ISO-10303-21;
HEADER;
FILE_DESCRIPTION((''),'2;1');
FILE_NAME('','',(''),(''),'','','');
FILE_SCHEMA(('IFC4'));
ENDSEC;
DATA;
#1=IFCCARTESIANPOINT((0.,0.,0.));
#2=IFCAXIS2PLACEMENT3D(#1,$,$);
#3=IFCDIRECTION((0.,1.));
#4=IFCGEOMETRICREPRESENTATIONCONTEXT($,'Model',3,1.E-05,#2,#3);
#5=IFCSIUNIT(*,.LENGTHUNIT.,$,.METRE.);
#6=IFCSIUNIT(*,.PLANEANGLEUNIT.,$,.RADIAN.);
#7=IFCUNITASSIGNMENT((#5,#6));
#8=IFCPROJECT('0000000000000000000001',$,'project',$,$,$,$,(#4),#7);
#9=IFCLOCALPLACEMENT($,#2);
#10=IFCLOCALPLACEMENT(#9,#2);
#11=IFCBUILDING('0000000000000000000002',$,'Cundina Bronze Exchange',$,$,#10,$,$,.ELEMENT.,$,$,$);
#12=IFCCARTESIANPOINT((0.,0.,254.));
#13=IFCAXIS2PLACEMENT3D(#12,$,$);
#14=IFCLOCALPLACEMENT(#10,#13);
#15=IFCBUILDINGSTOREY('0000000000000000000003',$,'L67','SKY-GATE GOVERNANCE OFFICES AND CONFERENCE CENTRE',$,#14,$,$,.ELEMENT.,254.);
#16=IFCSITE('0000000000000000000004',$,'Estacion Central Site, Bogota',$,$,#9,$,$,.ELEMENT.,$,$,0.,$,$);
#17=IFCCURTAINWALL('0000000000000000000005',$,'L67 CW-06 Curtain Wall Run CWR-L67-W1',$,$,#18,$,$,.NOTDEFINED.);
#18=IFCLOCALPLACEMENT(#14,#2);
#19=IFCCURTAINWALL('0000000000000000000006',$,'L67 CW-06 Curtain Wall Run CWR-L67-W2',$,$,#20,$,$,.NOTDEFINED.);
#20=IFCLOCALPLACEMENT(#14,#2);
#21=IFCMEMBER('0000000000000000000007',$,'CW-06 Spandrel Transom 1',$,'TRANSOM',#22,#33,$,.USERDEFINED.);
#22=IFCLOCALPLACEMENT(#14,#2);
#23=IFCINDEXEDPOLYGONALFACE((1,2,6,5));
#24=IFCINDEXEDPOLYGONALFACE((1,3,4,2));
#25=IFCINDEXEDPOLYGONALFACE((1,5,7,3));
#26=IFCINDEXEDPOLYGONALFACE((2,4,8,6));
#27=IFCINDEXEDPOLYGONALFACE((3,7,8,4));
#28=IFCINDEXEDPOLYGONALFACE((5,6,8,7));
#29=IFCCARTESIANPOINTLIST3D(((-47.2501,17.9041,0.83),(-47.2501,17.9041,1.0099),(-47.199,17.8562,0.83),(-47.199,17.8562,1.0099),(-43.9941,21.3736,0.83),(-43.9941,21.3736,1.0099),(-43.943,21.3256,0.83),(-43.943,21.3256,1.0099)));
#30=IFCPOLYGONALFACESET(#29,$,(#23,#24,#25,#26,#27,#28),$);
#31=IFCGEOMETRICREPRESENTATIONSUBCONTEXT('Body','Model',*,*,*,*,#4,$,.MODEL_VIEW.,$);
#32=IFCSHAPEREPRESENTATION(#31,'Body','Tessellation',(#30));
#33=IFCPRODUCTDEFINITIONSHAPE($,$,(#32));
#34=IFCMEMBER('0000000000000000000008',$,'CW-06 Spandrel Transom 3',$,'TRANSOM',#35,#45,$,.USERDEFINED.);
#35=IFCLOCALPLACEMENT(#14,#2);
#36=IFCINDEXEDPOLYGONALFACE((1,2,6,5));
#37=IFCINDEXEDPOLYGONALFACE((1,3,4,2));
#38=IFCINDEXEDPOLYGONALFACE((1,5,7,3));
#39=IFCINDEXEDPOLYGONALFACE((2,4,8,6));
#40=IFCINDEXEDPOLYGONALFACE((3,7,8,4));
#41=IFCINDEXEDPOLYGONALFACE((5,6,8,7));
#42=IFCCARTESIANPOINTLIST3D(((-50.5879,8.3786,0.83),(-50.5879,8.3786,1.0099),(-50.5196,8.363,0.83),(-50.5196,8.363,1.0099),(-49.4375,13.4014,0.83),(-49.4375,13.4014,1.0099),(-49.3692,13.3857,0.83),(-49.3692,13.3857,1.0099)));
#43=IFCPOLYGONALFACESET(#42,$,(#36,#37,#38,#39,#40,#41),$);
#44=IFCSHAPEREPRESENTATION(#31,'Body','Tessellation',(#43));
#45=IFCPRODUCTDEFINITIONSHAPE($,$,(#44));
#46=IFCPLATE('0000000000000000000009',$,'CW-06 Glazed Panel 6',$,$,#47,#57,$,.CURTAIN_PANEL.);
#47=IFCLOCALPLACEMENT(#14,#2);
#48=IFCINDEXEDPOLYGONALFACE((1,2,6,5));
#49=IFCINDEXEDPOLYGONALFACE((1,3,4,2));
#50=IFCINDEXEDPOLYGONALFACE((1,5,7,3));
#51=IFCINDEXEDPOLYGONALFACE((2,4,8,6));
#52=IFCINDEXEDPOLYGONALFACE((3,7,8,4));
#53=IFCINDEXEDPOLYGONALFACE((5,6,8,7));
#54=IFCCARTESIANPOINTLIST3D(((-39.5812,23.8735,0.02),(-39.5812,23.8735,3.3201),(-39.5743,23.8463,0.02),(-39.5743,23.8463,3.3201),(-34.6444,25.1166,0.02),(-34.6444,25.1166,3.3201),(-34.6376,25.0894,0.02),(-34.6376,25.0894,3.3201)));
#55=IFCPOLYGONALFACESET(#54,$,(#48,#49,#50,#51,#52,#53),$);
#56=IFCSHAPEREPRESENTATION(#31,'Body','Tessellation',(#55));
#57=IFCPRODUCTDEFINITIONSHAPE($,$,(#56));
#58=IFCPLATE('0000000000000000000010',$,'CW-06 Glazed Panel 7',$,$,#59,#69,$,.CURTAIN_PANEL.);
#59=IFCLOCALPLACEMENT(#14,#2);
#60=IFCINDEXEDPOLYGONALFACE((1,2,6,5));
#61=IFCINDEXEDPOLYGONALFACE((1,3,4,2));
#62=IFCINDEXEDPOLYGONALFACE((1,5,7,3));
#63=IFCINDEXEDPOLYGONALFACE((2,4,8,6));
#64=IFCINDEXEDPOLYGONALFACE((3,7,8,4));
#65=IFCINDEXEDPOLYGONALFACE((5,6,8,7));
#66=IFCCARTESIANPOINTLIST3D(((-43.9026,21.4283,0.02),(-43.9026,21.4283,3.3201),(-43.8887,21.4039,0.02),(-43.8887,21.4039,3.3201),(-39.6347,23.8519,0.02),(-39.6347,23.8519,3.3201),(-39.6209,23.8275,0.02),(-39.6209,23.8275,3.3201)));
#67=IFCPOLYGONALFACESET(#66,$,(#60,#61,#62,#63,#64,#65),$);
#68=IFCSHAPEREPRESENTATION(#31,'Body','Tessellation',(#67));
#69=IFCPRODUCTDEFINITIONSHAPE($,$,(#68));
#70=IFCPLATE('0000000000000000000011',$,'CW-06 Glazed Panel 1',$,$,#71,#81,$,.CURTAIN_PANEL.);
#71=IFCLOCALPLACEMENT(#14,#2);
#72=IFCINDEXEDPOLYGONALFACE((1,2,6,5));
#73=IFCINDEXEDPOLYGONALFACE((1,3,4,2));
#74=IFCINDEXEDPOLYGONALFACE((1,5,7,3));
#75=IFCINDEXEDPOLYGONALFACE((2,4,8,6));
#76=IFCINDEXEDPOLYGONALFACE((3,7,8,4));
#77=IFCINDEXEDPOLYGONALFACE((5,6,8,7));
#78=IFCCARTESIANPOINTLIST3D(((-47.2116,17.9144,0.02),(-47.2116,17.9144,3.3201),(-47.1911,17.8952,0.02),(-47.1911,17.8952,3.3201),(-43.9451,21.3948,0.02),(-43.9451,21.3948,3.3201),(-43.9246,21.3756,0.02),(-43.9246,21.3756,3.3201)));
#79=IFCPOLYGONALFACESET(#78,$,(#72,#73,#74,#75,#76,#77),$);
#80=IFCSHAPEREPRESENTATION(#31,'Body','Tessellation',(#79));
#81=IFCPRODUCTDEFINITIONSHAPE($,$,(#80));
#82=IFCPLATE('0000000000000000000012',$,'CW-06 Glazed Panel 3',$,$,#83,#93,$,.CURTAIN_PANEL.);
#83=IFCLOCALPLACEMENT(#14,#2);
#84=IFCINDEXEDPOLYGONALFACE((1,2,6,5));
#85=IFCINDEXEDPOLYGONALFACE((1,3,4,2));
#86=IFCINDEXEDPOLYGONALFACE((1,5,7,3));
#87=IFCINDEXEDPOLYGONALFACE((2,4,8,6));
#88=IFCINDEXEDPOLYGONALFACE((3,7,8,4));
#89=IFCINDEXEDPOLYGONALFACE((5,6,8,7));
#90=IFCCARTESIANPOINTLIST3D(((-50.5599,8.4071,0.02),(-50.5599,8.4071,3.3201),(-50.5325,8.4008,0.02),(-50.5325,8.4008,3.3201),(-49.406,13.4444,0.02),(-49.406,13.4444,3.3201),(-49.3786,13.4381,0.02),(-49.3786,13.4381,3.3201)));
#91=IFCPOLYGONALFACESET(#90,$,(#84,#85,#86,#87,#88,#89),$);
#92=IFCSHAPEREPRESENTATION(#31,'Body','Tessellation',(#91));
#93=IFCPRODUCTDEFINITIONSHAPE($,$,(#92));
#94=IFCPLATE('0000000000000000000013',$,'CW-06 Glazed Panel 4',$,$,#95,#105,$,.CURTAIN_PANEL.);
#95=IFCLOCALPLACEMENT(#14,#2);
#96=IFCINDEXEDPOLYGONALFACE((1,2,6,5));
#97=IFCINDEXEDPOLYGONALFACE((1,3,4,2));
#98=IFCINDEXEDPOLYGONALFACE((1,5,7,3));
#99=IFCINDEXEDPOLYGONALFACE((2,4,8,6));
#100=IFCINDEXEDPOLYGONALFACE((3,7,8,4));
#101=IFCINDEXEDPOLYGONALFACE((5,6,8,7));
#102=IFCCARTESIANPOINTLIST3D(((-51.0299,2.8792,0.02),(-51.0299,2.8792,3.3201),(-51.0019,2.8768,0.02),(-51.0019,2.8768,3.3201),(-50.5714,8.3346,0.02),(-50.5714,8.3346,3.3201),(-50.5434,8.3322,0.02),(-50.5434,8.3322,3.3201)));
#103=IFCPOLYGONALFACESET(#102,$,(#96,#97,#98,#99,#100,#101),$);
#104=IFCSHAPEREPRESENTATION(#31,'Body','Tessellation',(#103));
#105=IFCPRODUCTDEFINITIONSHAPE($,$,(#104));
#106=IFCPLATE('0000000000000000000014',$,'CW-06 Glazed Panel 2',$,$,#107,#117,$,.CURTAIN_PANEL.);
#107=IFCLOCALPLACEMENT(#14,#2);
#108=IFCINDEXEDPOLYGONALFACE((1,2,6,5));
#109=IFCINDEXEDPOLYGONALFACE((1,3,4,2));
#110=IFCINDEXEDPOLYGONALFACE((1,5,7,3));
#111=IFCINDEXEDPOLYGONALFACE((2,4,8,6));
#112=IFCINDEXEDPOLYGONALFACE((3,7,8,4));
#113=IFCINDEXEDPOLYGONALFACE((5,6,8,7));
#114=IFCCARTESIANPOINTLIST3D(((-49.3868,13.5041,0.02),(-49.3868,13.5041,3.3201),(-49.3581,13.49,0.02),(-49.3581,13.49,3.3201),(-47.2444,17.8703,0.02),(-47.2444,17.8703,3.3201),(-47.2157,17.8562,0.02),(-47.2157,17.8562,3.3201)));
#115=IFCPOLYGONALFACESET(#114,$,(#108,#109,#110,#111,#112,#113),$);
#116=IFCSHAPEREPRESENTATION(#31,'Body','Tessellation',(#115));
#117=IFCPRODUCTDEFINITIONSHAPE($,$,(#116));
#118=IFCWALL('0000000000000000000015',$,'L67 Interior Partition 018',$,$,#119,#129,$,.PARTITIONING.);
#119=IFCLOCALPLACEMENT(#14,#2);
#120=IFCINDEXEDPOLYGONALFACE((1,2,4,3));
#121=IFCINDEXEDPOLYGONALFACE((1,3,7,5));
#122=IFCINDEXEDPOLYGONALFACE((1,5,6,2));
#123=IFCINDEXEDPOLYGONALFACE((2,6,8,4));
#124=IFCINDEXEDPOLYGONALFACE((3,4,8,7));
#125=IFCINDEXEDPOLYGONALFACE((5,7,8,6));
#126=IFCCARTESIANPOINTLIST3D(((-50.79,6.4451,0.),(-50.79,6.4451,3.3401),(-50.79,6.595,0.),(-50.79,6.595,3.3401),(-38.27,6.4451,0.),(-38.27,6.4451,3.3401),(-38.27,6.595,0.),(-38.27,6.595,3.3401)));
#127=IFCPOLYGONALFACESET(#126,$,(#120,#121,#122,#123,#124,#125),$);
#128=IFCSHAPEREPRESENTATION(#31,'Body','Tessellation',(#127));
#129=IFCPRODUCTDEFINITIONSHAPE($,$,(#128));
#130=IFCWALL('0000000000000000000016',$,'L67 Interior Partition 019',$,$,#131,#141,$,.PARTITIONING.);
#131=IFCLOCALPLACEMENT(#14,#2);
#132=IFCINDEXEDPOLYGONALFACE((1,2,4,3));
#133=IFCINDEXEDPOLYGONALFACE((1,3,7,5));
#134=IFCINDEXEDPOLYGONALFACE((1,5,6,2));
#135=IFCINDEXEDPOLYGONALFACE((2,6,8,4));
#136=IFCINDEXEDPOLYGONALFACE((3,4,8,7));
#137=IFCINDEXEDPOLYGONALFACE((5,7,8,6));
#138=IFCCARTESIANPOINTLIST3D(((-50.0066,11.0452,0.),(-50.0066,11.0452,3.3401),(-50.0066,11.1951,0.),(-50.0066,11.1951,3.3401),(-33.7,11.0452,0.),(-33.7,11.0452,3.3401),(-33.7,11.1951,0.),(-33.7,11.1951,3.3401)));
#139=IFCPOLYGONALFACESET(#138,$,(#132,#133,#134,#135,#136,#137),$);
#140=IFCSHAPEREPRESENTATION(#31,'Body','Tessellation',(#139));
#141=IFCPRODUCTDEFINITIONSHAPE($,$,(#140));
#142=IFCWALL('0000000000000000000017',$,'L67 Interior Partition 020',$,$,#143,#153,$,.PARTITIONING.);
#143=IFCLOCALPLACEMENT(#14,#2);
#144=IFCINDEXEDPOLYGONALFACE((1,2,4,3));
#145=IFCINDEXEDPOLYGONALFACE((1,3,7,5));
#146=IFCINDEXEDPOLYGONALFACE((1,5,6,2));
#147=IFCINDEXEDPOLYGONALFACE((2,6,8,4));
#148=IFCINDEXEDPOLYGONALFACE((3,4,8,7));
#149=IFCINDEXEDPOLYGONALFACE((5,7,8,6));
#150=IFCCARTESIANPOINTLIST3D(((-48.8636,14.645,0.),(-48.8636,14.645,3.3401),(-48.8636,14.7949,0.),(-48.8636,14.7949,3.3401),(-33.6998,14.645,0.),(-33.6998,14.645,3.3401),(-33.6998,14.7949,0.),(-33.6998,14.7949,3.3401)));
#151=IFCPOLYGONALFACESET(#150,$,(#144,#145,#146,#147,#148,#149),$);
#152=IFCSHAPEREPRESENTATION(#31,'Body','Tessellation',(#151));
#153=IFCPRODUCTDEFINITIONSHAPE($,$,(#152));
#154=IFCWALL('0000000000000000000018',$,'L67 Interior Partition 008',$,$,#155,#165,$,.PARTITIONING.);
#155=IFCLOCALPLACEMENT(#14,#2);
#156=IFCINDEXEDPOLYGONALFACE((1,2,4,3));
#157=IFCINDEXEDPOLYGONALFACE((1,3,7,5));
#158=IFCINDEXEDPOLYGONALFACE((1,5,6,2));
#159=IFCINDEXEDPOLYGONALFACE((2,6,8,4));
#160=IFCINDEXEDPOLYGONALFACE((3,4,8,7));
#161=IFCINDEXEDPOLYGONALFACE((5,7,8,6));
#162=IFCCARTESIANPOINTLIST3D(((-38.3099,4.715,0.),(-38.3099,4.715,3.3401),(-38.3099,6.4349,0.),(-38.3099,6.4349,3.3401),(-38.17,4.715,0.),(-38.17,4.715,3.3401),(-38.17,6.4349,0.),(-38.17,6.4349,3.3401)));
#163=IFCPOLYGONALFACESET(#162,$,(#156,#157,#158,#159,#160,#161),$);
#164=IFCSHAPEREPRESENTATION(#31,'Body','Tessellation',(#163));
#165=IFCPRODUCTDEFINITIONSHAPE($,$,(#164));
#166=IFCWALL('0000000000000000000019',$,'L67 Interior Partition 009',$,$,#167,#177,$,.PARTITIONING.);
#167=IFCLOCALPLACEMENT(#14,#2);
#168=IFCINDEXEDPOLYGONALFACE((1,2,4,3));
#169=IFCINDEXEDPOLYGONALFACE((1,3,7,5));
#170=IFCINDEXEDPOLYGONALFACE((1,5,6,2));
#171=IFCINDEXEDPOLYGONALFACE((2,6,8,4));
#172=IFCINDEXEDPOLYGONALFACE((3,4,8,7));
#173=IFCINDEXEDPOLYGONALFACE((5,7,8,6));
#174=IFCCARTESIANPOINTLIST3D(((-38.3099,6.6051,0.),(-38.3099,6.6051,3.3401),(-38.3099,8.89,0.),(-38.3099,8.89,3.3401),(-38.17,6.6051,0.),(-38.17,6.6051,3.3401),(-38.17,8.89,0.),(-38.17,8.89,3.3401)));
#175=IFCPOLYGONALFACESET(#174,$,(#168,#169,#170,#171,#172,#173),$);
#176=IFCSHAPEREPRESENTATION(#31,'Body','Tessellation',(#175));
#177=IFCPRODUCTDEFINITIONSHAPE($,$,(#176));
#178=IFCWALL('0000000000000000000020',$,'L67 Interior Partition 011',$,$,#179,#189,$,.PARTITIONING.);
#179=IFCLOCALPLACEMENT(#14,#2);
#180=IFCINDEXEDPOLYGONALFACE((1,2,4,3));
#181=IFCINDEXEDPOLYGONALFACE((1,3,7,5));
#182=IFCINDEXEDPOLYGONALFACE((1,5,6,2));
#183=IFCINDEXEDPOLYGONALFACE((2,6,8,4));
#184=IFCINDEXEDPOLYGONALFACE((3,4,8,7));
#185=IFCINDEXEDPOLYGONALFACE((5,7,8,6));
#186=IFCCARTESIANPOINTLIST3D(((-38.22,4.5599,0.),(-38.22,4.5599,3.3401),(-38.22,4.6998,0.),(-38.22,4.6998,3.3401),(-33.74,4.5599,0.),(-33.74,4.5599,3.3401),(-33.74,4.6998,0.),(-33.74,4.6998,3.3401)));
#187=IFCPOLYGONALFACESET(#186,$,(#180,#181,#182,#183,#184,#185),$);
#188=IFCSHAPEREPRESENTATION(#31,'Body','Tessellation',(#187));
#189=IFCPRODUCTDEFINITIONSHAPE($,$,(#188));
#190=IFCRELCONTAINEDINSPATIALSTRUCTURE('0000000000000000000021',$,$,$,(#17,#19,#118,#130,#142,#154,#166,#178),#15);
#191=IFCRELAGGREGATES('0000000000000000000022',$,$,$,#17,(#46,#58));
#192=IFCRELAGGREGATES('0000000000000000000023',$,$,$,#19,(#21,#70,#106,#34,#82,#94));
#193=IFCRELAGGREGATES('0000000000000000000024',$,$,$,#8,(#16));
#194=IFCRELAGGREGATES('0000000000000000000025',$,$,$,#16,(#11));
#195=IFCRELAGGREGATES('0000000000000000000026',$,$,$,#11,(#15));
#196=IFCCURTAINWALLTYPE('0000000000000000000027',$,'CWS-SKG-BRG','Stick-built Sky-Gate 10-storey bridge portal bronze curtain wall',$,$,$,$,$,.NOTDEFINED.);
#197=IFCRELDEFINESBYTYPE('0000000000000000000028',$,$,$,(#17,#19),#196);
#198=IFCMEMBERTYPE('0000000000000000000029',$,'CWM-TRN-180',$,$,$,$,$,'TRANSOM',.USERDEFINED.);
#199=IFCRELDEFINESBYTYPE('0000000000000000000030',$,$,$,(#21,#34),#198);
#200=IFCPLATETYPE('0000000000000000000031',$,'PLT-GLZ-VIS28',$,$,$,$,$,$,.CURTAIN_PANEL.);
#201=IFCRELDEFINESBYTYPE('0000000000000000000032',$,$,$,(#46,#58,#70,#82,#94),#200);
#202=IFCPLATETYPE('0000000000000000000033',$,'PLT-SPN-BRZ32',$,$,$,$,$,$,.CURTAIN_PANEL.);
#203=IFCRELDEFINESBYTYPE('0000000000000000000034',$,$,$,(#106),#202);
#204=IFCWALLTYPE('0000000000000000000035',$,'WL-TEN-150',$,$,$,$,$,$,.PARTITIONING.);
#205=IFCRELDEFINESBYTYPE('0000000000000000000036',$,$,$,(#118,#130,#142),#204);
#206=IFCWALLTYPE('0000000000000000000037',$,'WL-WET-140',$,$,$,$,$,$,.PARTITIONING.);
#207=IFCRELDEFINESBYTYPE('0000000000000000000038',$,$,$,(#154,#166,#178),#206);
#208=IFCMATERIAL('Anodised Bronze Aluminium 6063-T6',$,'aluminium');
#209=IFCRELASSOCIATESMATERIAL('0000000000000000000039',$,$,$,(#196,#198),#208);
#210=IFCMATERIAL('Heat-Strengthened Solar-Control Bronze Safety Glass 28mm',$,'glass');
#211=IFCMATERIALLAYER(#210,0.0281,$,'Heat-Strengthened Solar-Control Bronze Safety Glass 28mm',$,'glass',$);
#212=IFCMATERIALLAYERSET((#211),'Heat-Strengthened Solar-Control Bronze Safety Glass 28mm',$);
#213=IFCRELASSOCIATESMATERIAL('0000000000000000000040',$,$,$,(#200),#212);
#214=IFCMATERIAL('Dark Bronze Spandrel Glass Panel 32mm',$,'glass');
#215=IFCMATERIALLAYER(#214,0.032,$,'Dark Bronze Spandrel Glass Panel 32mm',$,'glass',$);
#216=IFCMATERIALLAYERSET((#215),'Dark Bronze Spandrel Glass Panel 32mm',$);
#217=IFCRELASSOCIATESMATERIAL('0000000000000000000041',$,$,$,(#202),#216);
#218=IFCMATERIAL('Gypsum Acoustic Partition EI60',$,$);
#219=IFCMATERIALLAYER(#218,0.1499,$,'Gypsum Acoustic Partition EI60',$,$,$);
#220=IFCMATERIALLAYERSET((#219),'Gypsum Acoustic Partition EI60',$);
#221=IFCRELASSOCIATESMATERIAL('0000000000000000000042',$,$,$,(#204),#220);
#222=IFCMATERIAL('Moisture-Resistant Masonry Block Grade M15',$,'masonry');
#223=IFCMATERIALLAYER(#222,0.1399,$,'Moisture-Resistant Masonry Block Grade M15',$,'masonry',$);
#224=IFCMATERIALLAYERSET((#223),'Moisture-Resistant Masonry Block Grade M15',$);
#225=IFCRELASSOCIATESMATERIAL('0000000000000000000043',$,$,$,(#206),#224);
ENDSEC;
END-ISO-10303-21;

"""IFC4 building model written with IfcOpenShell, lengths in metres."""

from ifc_helpers import new_model, si_unit, direction, frame, frame_2d, origin, origin_2d, place, context, subcontext, project, spatial, rectangle, extrude, material, layer, layer_set, material_profile, profile_set, type_object, element, aggregate, save


model = new_model("IFC4")

# Units and contexts
model_context = context("Model", 3, precision=1e-05, world=origin(), true_north=direction((0.0, 1.0)))
body_context = subcontext(model_context, "Body", "Model", "MODEL_VIEW")
ifc_project = project(units=[si_unit("LENGTHUNIT", "METRE"), si_unit("PLANEANGLEUNIT", "RADIAN")], contexts=[model_context])

# Site, building, storey
site_placement = place(None, origin())
site = spatial("IfcSite", under=ifc_project, at=site_placement, Name="Estacion Central Site, Bogota", CompositionType="ELEMENT", RefElevation=0.0)
building_placement = place(site_placement, origin())
building = spatial("IfcBuilding", under=site, at=building_placement, Name="Cundina Bronze Exchange", CompositionType="ELEMENT")
storey_placement = place(building_placement, frame((0.0, 0.0, 254.0)))
storey = spatial("IfcBuildingStorey", under=building, at=storey_placement, Name="L67", Description="SKY-GATE GOVERNANCE OFFICES AND CONFERENCE CENTRE", CompositionType="ELEMENT", Elevation=254.0)

# Curtain walls
ifc_material_1 = material(Name="Anodised Bronze Aluminium 6063-T6", Category="aluminium")
curtain_wall_type = type_object("IfcCurtainWallType", Name="CWS-SKG-BRG", Description="Stick-built Sky-Gate 10-storey bridge portal bronze curtain wall", PredefinedType="NOTDEFINED", material=ifc_material_1)
curtain_wall_1_placement = place(storey_placement, origin())
curtain_wall_1 = element("IfcCurtainWall", 1, at=curtain_wall_1_placement, inside=storey, type_object=curtain_wall_type, Name="L67 CW-06 Curtain Wall Run CWR-L67-W1", PredefinedType="NOTDEFINED")
curtain_wall_2_placement = place(storey_placement, origin())
curtain_wall_2 = element("IfcCurtainWall", 2, at=curtain_wall_2_placement, inside=storey, type_object=curtain_wall_type, Name="L67 CW-06 Curtain Wall Run CWR-L67-W2", PredefinedType="NOTDEFINED")

# Members
ifc_material_profile_1 = material_profile(ifc_material_1, rectangle(XDim=0.0701, YDim=0.1799, at=origin_2d()), Name="AL70X180", Category="aluminium")
ifc_profile_set_1 = profile_set([ifc_material_profile_1], Name="Anodised Bronze Aluminium 6063-T6")
member_type_1 = type_object("IfcMemberType", Name="CWM-TRN-180", ElementType="TRANSOM", PredefinedType="USERDEFINED", material=ifc_profile_set_1)
member_1_placement = place(storey_placement, frame((-43.9685, 21.3496, 0.9199), z_axis=(-0.684328, -0.729174, 0.0), x_axis=(0.729174, -0.684328, 0.0)))
member_1 = element("IfcMember", 3, at=member_1_placement, type_object=member_type_1, Name="CW-06 Spandrel Transom 1", ObjectType="TRANSOM", PredefinedType="USERDEFINED", context=body_context, shape_type="SweptSolid", body=[
    extrude(rectangle(XDim=0.0701, YDim=0.1799, at=origin_2d()), origin(), (0.0, 0.0, 1.0), 4.7581),
])
member_2_placement = place(storey_placement, frame((-49.4033, 13.3936, 0.9199), z_axis=(-0.223257, -0.97476, 0.0), x_axis=(0.97476, -0.223257, 0.0)))
member_2 = element("IfcMember", 4, at=member_2_placement, type_object=member_type_1, Name="CW-06 Spandrel Transom 3", ObjectType="TRANSOM", PredefinedType="USERDEFINED", context=body_context, shape_type="SweptSolid", body=[
    extrude(rectangle(XDim=0.0701, YDim=0.1799, at=origin_2d()), origin(), (0.0, 0.0, 1.0), 5.1528),
])

# Plates
ifc_material_2 = material(Name="Heat-Strengthened Solar-Control Bronze Safety Glass 28mm", Category="glass")
ifc_layer_1 = layer(ifc_material_2, 0.0281, Name="Heat-Strengthened Solar-Control Bronze Safety Glass 28mm", Category="glass")
ifc_layer_set_1 = layer_set([ifc_layer_1], Name="Heat-Strengthened Solar-Control Bronze Safety Glass 28mm")
plate_type_1 = type_object("IfcPlateType", Name="PLT-GLZ-VIS28", PredefinedType="CURTAIN_PANEL", material=ifc_layer_set_1)
plate_1_placement = place(storey_placement, frame((-37.1094, 24.4814, 0.02), z_axis=(0.0, 0.0, 1.0), x_axis=(-0.969732, -0.244174, 0.0)))
plate_1 = element("IfcPlate", 5, at=plate_1_placement, type_object=plate_type_1, Name="CW-06 Glazed Panel 6", PredefinedType="CURTAIN_PANEL", context=body_context, shape_type="SweptSolid", body=[
    extrude(rectangle(XDim=5.0908, YDim=0.0281, at=origin_2d()), origin(), (0.0, 0.0, 1.0), 3.3),
])
plate_2_placement = place(storey_placement, frame((-41.7617, 22.6279, 0.02), z_axis=(0.0, 0.0, 1.0), x_axis=(-0.869573, -0.493805, 0.0)))
plate_2 = element("IfcPlate", 6, at=plate_2_placement, type_object=plate_type_1, Name="CW-06 Glazed Panel 7", PredefinedType="CURTAIN_PANEL", context=body_context, shape_type="SweptSolid", body=[
    extrude(rectangle(XDim=4.908, YDim=0.0281, at=origin_2d()), origin(), (0.0, 0.0, 1.0), 3.3),
])
aggregate(curtain_wall_1, [plate_1, plate_2])
plate_3_placement = place(storey_placement, frame((-45.5681, 19.645, 0.02), z_axis=(0.0, 0.0, 1.0), x_axis=(-0.684344, -0.72916, 0.0)))
plate_3 = element("IfcPlate", 7, at=plate_3_placement, type_object=plate_type_1, Name="CW-06 Glazed Panel 1", PredefinedType="CURTAIN_PANEL", context=body_context, shape_type="SweptSolid", body=[
    extrude(rectangle(XDim=4.7732, YDim=0.0281, at=origin_2d()), origin(), (0.0, 0.0, 1.0), 3.3),
])
plate_4_placement = place(storey_placement, frame((-49.9692, 10.9226, 0.02), z_axis=(0.0, 0.0, 1.0), x_axis=(-0.223284, -0.974753, 0.0)))
plate_4 = element("IfcPlate", 8, at=plate_4_placement, type_object=plate_type_1, Name="CW-06 Glazed Panel 3", PredefinedType="CURTAIN_PANEL", context=body_context, shape_type="SweptSolid", body=[
    extrude(rectangle(XDim=5.1677, YDim=0.0281, at=origin_2d()), origin(), (0.0, 0.0, 1.0), 3.3),
])
plate_5_placement = place(storey_placement, frame((-50.7866, 5.6057, 0.02), z_axis=(0.0, 0.0, 1.0), x_axis=(-0.083747, -0.996487, 0.0)))
plate_5 = element("IfcPlate", 9, at=plate_5_placement, type_object=plate_type_1, Name="CW-06 Glazed Panel 4", PredefinedType="CURTAIN_PANEL", context=body_context, shape_type="SweptSolid", body=[
    extrude(rectangle(XDim=5.4746, YDim=0.0281, at=origin_2d()), origin(), (0.0, 0.0, 1.0), 3.3),
])
ifc_material_3 = material(Name="Dark Bronze Spandrel Glass Panel 32mm", Category="glass")
ifc_layer_2 = layer(ifc_material_3, 0.032, Name="Dark Bronze Spandrel Glass Panel 32mm", Category="glass")
ifc_layer_set_2 = layer_set([ifc_layer_2], Name="Dark Bronze Spandrel Glass Panel 32mm")
plate_type_2 = type_object("IfcPlateType", Name="PLT-SPN-BRZ32", PredefinedType="CURTAIN_PANEL", material=ifc_layer_set_2)
plate_6_placement = place(storey_placement, frame((-48.3013, 15.6802, 0.02), z_axis=(0.0, 0.0, 1.0), x_axis=(-0.440503, -0.897751, 0.0)))
plate_6 = element("IfcPlate", 10, at=plate_6_placement, type_object=plate_type_2, Name="CW-06 Glazed Panel 2", PredefinedType="CURTAIN_PANEL", context=body_context, shape_type="SweptSolid", body=[
    extrude(rectangle(XDim=4.8635, YDim=0.032, at=origin_2d()), origin(), (0.0, 0.0, 1.0), 3.3),
])
aggregate(curtain_wall_2, [member_1, plate_3, plate_6, member_2, plate_4, plate_5])

# Walls
ifc_material_4 = material(Name="Gypsum Acoustic Partition EI60")
ifc_layer_3 = layer(ifc_material_4, 0.1499, Name="Gypsum Acoustic Partition EI60")
ifc_layer_set_3 = layer_set([ifc_layer_3], Name="Gypsum Acoustic Partition EI60")
wall_type_1 = type_object("IfcWallType", Name="WL-TEN-150", PredefinedType="PARTITIONING", material=ifc_layer_set_3)
wall_1_placement = place(storey_placement, frame((-50.79, 6.52, 0.0), z_axis=(0.0, 0.0, 1.0), x_axis=(1.0, 0.0, 0.0)))
element("IfcWall", 11, at=wall_1_placement, inside=storey, type_object=wall_type_1, Name="L67 Interior Partition 018", PredefinedType="PARTITIONING", context=body_context, shape_type="SweptSolid", body=[
    extrude(rectangle(XDim=12.52, YDim=0.1499, at=frame_2d((6.26, 0.0))), origin(), (0.0, 0.0, 1.0), 3.3401),
])
wall_2_placement = place(storey_placement, frame((-50.0066, 11.1201, 0.0), z_axis=(0.0, 0.0, 1.0), x_axis=(1.0, 0.0, 0.0)))
element("IfcWall", 12, at=wall_2_placement, inside=storey, type_object=wall_type_1, Name="L67 Interior Partition 019", PredefinedType="PARTITIONING", context=body_context, shape_type="SweptSolid", body=[
    extrude(rectangle(XDim=16.3066, YDim=0.1499, at=frame_2d((8.1533, 0.0))), origin(), (0.0, 0.0, 1.0), 3.3401),
])
wall_3_placement = place(storey_placement, frame((-48.8638, 14.72, 0.0), z_axis=(0.0, 0.0, 1.0), x_axis=(1.0, 0.0, 0.0)))
element("IfcWall", 13, at=wall_3_placement, inside=storey, type_object=wall_type_1, Name="L67 Interior Partition 020", PredefinedType="PARTITIONING", context=body_context, shape_type="SweptSolid", body=[
    extrude(rectangle(XDim=15.1638, YDim=0.1499, at=frame_2d((7.582, 0.0))), origin(), (0.0, 0.0, 1.0), 3.3401),
])
ifc_material_5 = material(Name="Moisture-Resistant Masonry Block Grade M15", Category="masonry")
ifc_layer_4 = layer(ifc_material_5, 0.1399, Name="Moisture-Resistant Masonry Block Grade M15", Category="masonry")
ifc_layer_set_4 = layer_set([ifc_layer_4], Name="Moisture-Resistant Masonry Block Grade M15")
wall_type_2 = type_object("IfcWallType", Name="WL-WET-140", PredefinedType="PARTITIONING", material=ifc_layer_set_4)
wall_4_placement = place(storey_placement, frame((-38.24, 4.7151, 0.0), z_axis=(0.0, 0.0, 1.0), x_axis=(0.0, 1.0, 0.0)))
element("IfcWall", 14, at=wall_4_placement, inside=storey, type_object=wall_type_2, Name="L67 Interior Partition 008", PredefinedType="PARTITIONING", context=body_context, shape_type="SweptSolid", body=[
    extrude(rectangle(XDim=1.72, YDim=0.1399, at=frame_2d((0.8599, 0.0))), origin(), (0.0, 0.0, 1.0), 3.3401),
])
wall_5_placement = place(storey_placement, frame((-38.24, 6.605, 0.0), z_axis=(0.0, 0.0, 1.0), x_axis=(0.0, 1.0, 0.0)))
element("IfcWall", 15, at=wall_5_placement, inside=storey, type_object=wall_type_2, Name="L67 Interior Partition 009", PredefinedType="PARTITIONING", context=body_context, shape_type="SweptSolid", body=[
    extrude(rectangle(XDim=2.2849, YDim=0.1399, at=frame_2d((1.1426, 0.0))), origin(), (0.0, 0.0, 1.0), 3.3401),
])
for number, where, z_axis, x_axis, name in (
    (16, (-38.22, 4.6299, 0.0), (0.0, 0.0, 1.0), (1.0, 0.0, 0.0), "L67 Interior Partition 011"),
):
    element("IfcWall", number, at=place(storey_placement, frame(where, z_axis=z_axis, x_axis=x_axis)), inside=storey, type_object=wall_type_2, Name=name, PredefinedType="PARTITIONING", context=body_context, shape_type="SweptSolid", body=[
        extrude(rectangle(XDim=4.48, YDim=0.1399, at=frame_2d((2.24, 0.0))), origin(), (0.0, 0.0, 1.0), 3.3401),
    ])

save(model, "model.ifc")
